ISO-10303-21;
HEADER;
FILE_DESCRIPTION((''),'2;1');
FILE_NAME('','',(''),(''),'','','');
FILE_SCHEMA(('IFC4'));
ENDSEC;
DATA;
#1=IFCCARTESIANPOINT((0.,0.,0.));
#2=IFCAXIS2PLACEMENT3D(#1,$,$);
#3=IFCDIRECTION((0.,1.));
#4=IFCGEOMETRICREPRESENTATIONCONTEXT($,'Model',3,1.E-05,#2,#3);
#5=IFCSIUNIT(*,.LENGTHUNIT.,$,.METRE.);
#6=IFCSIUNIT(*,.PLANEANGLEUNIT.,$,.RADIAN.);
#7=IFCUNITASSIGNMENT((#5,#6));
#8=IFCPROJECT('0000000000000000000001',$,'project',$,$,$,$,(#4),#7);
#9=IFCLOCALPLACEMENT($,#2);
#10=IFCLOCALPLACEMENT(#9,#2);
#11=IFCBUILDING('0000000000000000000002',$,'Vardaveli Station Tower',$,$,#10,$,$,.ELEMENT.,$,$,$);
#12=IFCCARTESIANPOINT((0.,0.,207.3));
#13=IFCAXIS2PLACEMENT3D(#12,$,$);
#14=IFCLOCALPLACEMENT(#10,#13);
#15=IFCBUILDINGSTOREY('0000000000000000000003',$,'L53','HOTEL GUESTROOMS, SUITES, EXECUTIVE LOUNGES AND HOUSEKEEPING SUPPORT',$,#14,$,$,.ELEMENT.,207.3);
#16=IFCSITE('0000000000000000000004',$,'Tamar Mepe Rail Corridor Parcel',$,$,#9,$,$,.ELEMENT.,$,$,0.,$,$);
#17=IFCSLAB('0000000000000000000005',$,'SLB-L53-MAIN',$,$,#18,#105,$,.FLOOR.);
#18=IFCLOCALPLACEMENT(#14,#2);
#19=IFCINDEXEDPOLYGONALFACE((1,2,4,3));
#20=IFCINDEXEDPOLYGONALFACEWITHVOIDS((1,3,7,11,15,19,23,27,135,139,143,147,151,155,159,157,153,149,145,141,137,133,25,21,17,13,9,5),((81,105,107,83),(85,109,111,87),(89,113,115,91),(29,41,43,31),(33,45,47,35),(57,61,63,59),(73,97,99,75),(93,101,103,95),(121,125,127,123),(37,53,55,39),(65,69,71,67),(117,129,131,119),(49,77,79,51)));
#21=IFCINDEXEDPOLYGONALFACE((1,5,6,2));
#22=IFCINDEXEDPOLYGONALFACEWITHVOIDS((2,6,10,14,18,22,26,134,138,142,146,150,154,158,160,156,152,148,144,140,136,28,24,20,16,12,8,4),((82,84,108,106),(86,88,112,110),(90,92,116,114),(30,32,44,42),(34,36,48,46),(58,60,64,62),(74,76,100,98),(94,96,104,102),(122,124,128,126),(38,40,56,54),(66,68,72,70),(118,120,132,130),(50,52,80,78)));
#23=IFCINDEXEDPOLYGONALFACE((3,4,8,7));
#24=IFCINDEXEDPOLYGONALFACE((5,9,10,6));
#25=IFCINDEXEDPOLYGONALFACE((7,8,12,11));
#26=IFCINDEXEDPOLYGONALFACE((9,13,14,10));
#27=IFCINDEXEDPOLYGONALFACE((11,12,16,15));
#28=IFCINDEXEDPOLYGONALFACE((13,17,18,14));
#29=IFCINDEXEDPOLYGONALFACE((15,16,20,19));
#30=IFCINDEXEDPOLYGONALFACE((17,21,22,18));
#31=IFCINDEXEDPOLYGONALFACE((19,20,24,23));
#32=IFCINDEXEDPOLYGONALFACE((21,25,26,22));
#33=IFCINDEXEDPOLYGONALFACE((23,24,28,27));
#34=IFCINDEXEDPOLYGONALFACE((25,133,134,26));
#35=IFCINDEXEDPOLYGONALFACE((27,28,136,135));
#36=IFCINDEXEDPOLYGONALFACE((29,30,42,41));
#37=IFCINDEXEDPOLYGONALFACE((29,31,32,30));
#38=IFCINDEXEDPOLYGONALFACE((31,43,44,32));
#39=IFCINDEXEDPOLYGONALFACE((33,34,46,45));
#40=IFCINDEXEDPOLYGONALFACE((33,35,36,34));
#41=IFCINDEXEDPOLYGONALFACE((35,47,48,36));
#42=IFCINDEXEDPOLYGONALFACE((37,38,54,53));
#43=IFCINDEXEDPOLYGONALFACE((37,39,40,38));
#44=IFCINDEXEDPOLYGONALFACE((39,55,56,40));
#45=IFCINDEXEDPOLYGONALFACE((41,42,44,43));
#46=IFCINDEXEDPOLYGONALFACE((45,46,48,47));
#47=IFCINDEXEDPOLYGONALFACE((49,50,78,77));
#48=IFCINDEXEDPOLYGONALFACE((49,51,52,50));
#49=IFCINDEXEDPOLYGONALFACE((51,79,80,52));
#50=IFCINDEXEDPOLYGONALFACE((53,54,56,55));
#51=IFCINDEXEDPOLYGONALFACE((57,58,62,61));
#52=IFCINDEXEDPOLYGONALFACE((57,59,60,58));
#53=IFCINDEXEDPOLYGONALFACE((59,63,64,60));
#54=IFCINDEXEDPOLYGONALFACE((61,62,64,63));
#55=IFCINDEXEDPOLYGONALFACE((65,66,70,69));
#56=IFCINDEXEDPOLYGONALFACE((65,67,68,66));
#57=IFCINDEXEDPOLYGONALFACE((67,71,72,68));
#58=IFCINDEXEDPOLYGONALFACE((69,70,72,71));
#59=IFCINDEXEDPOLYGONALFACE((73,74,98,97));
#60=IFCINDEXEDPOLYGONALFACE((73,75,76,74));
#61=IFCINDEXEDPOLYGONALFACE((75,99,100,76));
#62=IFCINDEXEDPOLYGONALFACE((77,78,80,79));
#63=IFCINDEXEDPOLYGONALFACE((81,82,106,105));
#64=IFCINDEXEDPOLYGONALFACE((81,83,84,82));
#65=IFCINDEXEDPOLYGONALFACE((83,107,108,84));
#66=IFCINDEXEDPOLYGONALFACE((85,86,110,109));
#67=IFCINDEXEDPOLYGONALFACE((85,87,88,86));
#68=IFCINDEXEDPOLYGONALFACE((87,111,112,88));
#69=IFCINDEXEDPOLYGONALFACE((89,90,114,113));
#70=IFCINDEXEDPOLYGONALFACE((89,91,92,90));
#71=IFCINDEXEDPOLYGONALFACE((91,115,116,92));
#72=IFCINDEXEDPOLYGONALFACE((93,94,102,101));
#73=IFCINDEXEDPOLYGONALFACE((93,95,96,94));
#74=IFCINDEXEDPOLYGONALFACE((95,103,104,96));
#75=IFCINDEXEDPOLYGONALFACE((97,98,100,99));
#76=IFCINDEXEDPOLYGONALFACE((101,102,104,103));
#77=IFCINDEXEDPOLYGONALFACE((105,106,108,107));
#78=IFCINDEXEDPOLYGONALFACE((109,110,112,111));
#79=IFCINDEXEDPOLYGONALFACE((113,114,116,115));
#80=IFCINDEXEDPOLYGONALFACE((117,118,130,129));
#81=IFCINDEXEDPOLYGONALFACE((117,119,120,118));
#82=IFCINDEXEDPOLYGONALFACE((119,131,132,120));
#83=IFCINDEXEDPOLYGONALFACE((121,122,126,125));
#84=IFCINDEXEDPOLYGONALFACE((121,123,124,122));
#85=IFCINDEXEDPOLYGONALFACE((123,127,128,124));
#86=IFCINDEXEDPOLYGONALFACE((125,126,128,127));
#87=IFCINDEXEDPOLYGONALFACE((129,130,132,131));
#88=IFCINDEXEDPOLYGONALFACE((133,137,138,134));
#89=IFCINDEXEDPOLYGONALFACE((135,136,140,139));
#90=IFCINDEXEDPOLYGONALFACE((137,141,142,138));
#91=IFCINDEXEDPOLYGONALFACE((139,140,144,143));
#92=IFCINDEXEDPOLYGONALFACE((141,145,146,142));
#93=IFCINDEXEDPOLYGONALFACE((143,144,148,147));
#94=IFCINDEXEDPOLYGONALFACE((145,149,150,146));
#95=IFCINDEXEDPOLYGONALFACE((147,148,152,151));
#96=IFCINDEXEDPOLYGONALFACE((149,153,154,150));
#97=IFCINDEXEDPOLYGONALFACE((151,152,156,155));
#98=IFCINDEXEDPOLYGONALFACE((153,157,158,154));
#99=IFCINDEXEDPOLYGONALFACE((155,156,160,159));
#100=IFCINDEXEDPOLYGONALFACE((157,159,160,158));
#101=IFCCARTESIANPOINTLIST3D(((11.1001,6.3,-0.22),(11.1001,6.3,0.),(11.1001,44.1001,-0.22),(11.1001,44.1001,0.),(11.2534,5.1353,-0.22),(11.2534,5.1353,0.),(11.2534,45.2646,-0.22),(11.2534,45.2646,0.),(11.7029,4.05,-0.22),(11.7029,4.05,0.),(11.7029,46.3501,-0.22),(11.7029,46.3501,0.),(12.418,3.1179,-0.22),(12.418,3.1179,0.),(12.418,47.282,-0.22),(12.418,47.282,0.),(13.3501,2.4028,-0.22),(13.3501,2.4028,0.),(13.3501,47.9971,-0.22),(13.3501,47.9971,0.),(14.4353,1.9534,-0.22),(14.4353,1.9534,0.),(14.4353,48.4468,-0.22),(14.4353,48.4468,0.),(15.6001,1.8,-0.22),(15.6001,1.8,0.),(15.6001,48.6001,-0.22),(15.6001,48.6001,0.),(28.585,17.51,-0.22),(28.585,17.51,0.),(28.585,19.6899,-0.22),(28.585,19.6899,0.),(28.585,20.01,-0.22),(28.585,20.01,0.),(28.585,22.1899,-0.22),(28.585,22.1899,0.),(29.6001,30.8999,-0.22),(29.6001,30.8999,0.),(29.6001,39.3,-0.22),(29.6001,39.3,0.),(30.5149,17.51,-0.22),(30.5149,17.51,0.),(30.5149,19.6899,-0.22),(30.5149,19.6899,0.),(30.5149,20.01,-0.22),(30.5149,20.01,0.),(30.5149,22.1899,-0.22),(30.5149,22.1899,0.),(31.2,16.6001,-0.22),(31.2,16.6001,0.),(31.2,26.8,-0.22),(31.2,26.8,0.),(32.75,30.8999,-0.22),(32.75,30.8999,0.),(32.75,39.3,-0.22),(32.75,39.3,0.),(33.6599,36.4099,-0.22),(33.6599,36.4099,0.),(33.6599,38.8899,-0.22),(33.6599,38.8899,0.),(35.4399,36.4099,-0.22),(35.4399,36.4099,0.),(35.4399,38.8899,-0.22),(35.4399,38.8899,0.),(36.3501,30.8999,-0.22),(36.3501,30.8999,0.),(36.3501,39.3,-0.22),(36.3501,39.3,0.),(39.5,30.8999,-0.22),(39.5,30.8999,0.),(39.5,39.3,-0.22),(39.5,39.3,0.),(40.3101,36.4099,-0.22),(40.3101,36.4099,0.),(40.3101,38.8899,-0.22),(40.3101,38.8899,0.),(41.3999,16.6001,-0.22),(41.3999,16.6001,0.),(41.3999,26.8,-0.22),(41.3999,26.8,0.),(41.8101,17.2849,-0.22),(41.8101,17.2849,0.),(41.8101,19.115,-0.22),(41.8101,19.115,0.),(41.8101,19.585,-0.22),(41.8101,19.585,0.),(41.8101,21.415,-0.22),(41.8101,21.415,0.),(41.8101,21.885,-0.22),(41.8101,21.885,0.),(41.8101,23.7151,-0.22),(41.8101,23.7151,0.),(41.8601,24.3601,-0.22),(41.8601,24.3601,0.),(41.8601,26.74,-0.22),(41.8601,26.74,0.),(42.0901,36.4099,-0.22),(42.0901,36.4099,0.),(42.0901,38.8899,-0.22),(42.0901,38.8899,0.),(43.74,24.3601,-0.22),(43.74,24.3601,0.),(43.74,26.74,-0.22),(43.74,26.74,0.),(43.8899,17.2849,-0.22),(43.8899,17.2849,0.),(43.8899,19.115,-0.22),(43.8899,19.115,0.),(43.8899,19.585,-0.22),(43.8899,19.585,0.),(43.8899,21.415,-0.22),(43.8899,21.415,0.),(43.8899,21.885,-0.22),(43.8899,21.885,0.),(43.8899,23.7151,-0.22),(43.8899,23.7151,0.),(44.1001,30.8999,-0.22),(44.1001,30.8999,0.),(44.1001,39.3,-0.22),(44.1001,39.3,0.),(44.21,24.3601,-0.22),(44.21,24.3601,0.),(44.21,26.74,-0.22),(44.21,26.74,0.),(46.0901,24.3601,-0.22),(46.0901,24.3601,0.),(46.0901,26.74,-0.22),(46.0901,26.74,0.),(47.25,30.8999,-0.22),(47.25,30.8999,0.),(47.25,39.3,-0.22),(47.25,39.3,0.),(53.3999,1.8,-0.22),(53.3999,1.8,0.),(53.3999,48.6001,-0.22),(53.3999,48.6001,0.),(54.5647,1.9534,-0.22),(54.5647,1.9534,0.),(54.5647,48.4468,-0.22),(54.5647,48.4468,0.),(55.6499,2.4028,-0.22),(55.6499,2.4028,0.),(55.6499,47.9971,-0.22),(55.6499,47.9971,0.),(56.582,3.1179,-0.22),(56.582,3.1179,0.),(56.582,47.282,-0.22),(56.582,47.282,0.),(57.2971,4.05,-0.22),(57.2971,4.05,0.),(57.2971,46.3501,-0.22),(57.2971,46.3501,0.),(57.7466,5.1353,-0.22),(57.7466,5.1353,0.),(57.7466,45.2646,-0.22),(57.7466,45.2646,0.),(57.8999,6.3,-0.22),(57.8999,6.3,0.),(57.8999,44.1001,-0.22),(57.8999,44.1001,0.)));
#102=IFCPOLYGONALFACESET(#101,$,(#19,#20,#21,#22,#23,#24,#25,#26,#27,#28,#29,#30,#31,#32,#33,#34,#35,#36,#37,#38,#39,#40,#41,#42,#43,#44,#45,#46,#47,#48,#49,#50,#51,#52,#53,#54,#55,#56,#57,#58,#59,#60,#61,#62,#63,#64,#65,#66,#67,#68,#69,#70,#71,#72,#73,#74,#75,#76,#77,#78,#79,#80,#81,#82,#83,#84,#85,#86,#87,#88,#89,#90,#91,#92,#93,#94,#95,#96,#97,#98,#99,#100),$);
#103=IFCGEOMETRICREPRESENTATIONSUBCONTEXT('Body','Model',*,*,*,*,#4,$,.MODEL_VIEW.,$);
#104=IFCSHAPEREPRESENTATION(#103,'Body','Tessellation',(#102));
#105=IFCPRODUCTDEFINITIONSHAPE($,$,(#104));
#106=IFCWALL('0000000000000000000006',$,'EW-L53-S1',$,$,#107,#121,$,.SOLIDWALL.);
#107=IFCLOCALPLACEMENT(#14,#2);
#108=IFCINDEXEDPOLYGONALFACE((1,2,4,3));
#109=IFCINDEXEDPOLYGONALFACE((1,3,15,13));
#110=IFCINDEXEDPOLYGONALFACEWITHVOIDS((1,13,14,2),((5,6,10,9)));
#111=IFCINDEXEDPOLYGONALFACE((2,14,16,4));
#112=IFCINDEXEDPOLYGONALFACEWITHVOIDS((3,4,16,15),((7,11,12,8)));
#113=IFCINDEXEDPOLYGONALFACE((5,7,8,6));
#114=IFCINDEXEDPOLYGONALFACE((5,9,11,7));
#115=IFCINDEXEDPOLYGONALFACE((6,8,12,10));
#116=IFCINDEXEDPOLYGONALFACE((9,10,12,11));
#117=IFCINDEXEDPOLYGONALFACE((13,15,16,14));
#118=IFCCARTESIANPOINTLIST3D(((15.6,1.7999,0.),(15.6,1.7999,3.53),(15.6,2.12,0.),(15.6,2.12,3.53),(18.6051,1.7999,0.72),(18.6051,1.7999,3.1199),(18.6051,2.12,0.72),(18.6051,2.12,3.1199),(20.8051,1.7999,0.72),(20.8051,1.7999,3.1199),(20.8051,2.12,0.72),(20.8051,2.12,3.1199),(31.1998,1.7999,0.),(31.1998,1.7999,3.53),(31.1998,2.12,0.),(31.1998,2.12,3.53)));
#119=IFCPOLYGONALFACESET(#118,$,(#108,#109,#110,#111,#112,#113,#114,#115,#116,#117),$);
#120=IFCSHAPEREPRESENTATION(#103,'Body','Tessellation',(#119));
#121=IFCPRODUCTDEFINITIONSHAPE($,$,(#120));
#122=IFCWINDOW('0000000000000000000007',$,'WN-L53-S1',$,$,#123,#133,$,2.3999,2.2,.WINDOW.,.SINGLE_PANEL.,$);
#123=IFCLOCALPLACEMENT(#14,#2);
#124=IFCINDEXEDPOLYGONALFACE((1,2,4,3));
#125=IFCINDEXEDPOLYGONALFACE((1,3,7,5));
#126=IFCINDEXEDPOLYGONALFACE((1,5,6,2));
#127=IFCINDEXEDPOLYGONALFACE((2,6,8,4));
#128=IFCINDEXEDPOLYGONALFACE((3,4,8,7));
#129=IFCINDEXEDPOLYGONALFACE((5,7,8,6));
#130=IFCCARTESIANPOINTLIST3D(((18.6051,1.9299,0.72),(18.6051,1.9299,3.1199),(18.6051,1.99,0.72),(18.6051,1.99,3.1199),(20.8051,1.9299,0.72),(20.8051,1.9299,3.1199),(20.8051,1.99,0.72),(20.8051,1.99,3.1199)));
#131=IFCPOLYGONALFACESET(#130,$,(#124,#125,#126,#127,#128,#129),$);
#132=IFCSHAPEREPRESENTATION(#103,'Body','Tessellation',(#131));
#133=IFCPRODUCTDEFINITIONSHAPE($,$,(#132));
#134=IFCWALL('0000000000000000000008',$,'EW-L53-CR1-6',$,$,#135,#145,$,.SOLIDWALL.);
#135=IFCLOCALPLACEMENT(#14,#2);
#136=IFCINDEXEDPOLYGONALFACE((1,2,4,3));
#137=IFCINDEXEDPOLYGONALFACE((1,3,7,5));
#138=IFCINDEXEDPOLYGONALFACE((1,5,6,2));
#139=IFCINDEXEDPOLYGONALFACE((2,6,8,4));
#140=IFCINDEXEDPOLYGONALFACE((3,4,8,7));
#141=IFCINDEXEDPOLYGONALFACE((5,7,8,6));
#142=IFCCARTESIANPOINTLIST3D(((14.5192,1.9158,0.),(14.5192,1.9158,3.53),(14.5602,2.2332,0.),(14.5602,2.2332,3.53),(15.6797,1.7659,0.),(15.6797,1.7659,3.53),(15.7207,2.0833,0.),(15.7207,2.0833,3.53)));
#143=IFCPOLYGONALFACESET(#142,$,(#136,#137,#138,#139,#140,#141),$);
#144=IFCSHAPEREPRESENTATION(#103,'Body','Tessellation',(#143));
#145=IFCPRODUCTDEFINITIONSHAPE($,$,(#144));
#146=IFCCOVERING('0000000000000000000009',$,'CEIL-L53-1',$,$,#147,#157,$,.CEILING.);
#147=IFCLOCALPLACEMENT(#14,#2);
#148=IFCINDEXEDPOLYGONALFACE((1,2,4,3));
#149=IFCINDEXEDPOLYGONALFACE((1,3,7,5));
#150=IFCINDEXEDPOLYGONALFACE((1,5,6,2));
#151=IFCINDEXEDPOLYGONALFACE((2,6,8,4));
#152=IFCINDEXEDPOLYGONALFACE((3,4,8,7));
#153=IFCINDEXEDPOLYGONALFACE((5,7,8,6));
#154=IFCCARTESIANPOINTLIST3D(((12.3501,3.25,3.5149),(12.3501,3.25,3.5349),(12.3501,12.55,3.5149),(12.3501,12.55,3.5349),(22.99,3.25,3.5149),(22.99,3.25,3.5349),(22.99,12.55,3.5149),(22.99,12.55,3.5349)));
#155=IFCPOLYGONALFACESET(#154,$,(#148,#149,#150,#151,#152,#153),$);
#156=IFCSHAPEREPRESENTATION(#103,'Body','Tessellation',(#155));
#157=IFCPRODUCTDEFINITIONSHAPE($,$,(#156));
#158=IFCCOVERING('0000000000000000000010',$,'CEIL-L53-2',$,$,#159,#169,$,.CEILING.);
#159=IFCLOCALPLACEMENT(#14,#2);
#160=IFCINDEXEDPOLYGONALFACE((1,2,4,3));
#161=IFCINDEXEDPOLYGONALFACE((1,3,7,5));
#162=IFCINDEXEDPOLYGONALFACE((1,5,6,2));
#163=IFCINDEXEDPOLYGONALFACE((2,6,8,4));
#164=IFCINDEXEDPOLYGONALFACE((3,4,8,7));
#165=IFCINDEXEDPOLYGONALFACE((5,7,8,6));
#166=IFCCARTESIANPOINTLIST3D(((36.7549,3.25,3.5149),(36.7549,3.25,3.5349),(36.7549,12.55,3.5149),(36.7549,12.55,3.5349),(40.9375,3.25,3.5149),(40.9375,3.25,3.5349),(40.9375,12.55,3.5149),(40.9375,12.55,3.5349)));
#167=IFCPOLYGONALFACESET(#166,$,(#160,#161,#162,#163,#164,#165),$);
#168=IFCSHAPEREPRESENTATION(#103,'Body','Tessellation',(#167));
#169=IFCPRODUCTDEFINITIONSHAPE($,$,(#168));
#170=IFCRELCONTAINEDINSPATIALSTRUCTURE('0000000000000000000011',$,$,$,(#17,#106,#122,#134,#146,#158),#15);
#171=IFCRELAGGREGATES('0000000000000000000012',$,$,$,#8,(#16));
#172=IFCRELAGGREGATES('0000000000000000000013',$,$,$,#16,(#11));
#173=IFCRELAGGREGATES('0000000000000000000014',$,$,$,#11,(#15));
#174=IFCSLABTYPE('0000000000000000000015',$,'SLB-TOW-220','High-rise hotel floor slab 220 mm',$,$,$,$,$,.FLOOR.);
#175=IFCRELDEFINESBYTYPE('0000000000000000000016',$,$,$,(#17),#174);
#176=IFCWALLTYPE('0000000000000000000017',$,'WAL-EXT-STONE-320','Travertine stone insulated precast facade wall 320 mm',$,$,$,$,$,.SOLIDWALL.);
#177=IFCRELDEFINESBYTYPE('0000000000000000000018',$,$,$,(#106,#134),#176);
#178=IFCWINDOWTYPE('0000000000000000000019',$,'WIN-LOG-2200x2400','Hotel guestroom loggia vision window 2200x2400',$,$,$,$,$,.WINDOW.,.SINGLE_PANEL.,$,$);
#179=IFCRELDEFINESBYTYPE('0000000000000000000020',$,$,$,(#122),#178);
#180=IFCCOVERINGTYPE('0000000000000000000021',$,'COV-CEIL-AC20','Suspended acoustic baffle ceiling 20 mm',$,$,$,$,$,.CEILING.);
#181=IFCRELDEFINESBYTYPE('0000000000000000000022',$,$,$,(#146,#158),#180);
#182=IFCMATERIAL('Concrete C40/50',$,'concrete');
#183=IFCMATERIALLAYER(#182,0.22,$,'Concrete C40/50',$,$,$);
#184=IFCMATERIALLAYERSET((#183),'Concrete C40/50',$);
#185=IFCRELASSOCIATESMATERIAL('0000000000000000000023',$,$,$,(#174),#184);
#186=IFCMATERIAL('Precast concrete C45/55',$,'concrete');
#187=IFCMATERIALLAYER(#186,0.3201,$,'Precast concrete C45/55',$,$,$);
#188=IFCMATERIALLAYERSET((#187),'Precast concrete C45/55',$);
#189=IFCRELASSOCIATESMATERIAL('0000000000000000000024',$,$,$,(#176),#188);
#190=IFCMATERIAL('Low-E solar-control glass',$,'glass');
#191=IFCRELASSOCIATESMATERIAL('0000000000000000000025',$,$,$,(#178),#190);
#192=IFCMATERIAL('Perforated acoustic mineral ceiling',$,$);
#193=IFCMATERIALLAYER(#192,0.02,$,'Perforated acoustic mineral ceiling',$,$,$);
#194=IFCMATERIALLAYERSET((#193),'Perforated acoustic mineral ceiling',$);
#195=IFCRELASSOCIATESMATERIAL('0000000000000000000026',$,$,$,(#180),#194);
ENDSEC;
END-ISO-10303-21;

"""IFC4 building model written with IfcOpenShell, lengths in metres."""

from ifc_helpers import new_model, si_unit, direction, frame, frame_2d, origin, place, context, subcontext, project, spatial, polyline, rectangle, outline, extrude, source, transform, mapped, material, layer, layer_set, type_object, element, fill, save


model = new_model("IFC4")

# Units and contexts
model_context = context("Model", 3, precision=1e-05, world=origin(), true_north=direction((0.0, 1.0)))
body_context = subcontext(model_context, "Body", "Model", "MODEL_VIEW")
ifc_project = project(units=[si_unit("LENGTHUNIT", "METRE"), si_unit("PLANEANGLEUNIT", "RADIAN")], contexts=[model_context])

# Site, building, storey
site_placement = place(None, origin())
site = spatial("IfcSite", under=ifc_project, at=site_placement, Name="Tamar Mepe Rail Corridor Parcel", CompositionType="ELEMENT", RefElevation=0.0)
building_placement = place(site_placement, origin())
building = spatial("IfcBuilding", under=site, at=building_placement, Name="Vardaveli Station Tower", CompositionType="ELEMENT")
storey_placement = place(building_placement, frame((0.0, 0.0, 207.3)))
storey = spatial("IfcBuildingStorey", under=building, at=storey_placement, Name="L53", Description="HOTEL GUESTROOMS, SUITES, EXECUTIVE LOUNGES AND HOUSEKEEPING SUPPORT", CompositionType="ELEMENT", Elevation=207.3)

# Shared definitions
ifc_material_1 = material(Name="Concrete C40/50", Category="concrete")

# Slab
ifc_material_2 = material(Name="Precast concrete C45/55", Category="concrete")
ifc_layer_1 = layer(ifc_material_1, 0.22, Name="Concrete C40/50")
ifc_layer_set_1 = layer_set([ifc_layer_1], Name="Concrete C40/50")
slab_type_1 = type_object("IfcSlabType", Name="SLB-TOW-220", Description="High-rise hotel floor slab 220 mm", PredefinedType="FLOOR", material=ifc_layer_set_1)
slab_1_placement = place(storey_placement, frame((0.0, 0.0, -0.22)))
element("IfcSlab", 1, at=slab_1_placement, inside=storey, type_object=slab_type_1, Name="SLB-L53-MAIN", PredefinedType="FLOOR", context=body_context, shape_type="SweptSolid", body=[
    extrude(outline(polyline([(11.1001, 6.3), (11.2534, 5.1353), (11.7029, 4.05), (12.418, 3.1179), (13.3501, 2.4028), (14.4353, 1.9534), (15.6001, 1.8), (53.3999, 1.8), (54.5647, 1.9534), (55.6499, 2.4028), (56.582, 3.1179), (57.2971, 4.05), (57.7466, 5.1353), (57.8999, 6.3), (57.8999, 44.1001), (57.7466, 45.2646), (57.2971, 46.3501), (56.582, 47.282), (55.6499, 47.9971), (54.5647, 48.4468), (53.3999, 48.6001), (15.6001, 48.6001), (14.4353, 48.4468), (13.3501, 47.9971), (12.418, 47.282), (11.7029, 46.3501), (11.2534, 45.2646), (11.1001, 44.1001), (11.1001, 6.3)]), holes=[polyline([(31.2, 16.6001), (41.3999, 16.6001), (41.3999, 26.8), (31.2, 26.8), (31.2, 16.6001)]), polyline([(32.75, 30.8999), (32.75, 39.3), (29.6001, 39.3), (29.6001, 30.8999), (32.75, 30.8999)]), polyline([(39.5, 30.8999), (39.5, 39.3), (36.3501, 39.3), (36.3501, 30.8999), (39.5, 30.8999)]), polyline([(47.25, 30.8999), (47.25, 39.3), (44.1001, 39.3), (44.1001, 30.8999), (47.25, 30.8999)]), polyline([(33.6599, 36.4099), (35.4399, 36.4099), (35.4399, 38.8899), (33.6599, 38.8899), (33.6599, 36.4099)]), polyline([(40.3101, 36.4099), (42.0901, 36.4099), (42.0901, 38.8899), (40.3101, 38.8899), (40.3101, 36.4099)]), polyline([(41.8101, 21.885), (43.8899, 21.885), (43.8899, 23.7151), (41.8101, 23.7151), (41.8101, 21.885)]), polyline([(41.8101, 19.585), (43.8899, 19.585), (43.8899, 21.415), (41.8101, 21.415), (41.8101, 19.585)]), polyline([(41.8101, 17.2849), (43.8899, 17.2849), (43.8899, 19.115), (41.8101, 19.115), (41.8101, 17.2849)]), polyline([(28.585, 17.51), (30.5149, 17.51), (30.5149, 19.6899), (28.585, 19.6899), (28.585, 17.51)]), polyline([(28.585, 20.01), (30.5149, 20.01), (30.5149, 22.1899), (28.585, 22.1899), (28.585, 20.01)]), polyline([(41.8601, 24.3601), (43.74, 24.3601), (43.74, 26.74), (41.8601, 26.74), (41.8601, 24.3601)]), polyline([(44.21, 24.3601), (46.0901, 24.3601), (46.0901, 26.74), (44.21, 26.74), (44.21, 24.3601)])]), origin(), (0.0, 0.0, 1.0), 0.22),
])

# Wall, opening, window
ifc_layer_2 = layer(ifc_material_2, 0.3201, Name="Precast concrete C45/55")
ifc_layer_set_2 = layer_set([ifc_layer_2], Name="Precast concrete C45/55")
wall_type = type_object("IfcWallType", Name="WAL-EXT-STONE-320", Description="Travertine stone insulated precast facade wall 320 mm", PredefinedType="SOLIDWALL", material=ifc_layer_set_2)
shared_shape_1 = source(origin(), body_context, "Body", "SweptSolid", [
    extrude(rectangle(XDim=15.5999, YDim=0.3201, at=frame_2d((7.7998, 0.0))), origin(), (0.0, 0.0, 1.0), 3.53),
])
wall_1_placement = place(storey_placement, frame((15.6001, 1.96, 0.0), z_axis=(0.0, 0.0, 1.0), x_axis=(1.0, 0.0, 0.0)))
wall_1 = element("IfcWall", 2, at=wall_1_placement, inside=storey, type_object=wall_type, Name="EW-L53-S1", PredefinedType="SOLIDWALL", context=body_context, shape_type="MappedRepresentation", body=[
    mapped(shared_shape_1, transform((0.0, 0.0, 0.0), scale=1.0)),
])
shared_shape_2 = source(origin(), body_context, "Body", "SweptSolid", [
    extrude(rectangle(XDim=2.2, YDim=2.3999, at=frame_2d((1.1001, 1.2))), frame((0.0, 0.1699, 0.0), z_axis=(0.0, -1.0, 0.0), x_axis=(1.0, 0.0, 0.0)), (0.0, 0.0, 1.0), 0.3401),
])
opening_placement = place(wall_1_placement, frame((3.0049, 0.0, 0.72)))
opening = element("IfcOpeningElement", 3, at=opening_placement, cuts=wall_1, PredefinedType="OPENING", context=body_context, shape_type="MappedRepresentation", body=[
    mapped(shared_shape_2, transform((0.0, 0.0, 0.0), scale=1.0)),
])
ifc_material_3 = material(Name="Low-E solar-control glass", Category="glass")
window_type = type_object("IfcWindowType", Name="WIN-LOG-2200x2400", Description="Hotel guestroom loggia vision window 2200x2400", PartitioningType="SINGLE_PANEL", PredefinedType="WINDOW", material=ifc_material_3)
shared_shape_3 = source(origin(), body_context, "Body", "SweptSolid", [
    extrude(rectangle(XDim=2.2, YDim=2.3999, at=frame_2d((1.1001, 1.2))), frame((0.0, 0.03, 0.0), z_axis=(0.0, -1.0, 0.0), x_axis=(1.0, 0.0, 0.0)), (0.0, 0.0, 1.0), 0.0601),
])
window_placement = place(opening_placement, origin())
window = element("IfcWindow", 4, at=window_placement, inside=storey, type_object=window_type, Name="WN-L53-S1", OverallHeight=2.3999, OverallWidth=2.2, PartitioningType="SINGLE_PANEL", PredefinedType="WINDOW", context=body_context, shape_type="MappedRepresentation", body=[
    mapped(shared_shape_3, transform((0.0, 0.0, 0.0), scale=1.0)),
])
fill(opening, window)

# Wall
shared_shape_4 = source(origin(), body_context, "Body", "SweptSolid", [
    extrude(rectangle(XDim=1.1702, YDim=0.3201, at=frame_2d((0.585, 0.0))), origin(), (0.0, 0.0, 1.0), 3.53),
])
wall_2_placement = place(storey_placement, frame((14.5398, 2.0745, 0.0), z_axis=(0.0, 0.0, 1.0), x_axis=(0.991762, -0.12809, 0.0)))
element("IfcWall", 5, at=wall_2_placement, inside=storey, type_object=wall_type, Name="EW-L53-CR1-6", PredefinedType="SOLIDWALL", context=body_context, shape_type="MappedRepresentation", body=[
    mapped(shared_shape_4, transform((0.0, 0.0, 0.0), scale=1.0)),
])

# Coverings
ifc_material_4 = material(Name="Perforated acoustic mineral ceiling")
ifc_layer_3 = layer(ifc_material_4, 0.02, Name="Perforated acoustic mineral ceiling")
ifc_layer_set_3 = layer_set([ifc_layer_3], Name="Perforated acoustic mineral ceiling")
covering_type_1 = type_object("IfcCoveringType", Name="COV-CEIL-AC20", Description="Suspended acoustic baffle ceiling 20 mm", PredefinedType="CEILING", material=ifc_layer_set_3)
covering_1_placement = place(storey_placement, frame((0.0, 0.0, 3.5149)))
element("IfcCovering", 6, at=covering_1_placement, inside=storey, type_object=covering_type_1, Name="CEIL-L53-1", PredefinedType="CEILING", context=body_context, shape_type="SweptSolid", body=[
    extrude(outline(polyline([(12.3501, 3.25), (22.99, 3.25), (22.99, 12.55), (12.3501, 12.55), (12.3501, 3.25)])), origin(), (0.0, 0.0, 1.0), 0.02),
])
covering_2_placement = place(storey_placement, frame((0.0, 0.0, 3.5149)))
element("IfcCovering", 7, at=covering_2_placement, inside=storey, type_object=covering_type_1, Name="CEIL-L53-2", PredefinedType="CEILING", context=body_context, shape_type="SweptSolid", body=[
    extrude(outline(polyline([(36.7549, 3.25), (40.9375, 3.25), (40.9375, 12.55), (36.7549, 12.55), (36.7549, 3.25)])), origin(), (0.0, 0.0, 1.0), 0.02),
])

save(model, "model.ifc")
